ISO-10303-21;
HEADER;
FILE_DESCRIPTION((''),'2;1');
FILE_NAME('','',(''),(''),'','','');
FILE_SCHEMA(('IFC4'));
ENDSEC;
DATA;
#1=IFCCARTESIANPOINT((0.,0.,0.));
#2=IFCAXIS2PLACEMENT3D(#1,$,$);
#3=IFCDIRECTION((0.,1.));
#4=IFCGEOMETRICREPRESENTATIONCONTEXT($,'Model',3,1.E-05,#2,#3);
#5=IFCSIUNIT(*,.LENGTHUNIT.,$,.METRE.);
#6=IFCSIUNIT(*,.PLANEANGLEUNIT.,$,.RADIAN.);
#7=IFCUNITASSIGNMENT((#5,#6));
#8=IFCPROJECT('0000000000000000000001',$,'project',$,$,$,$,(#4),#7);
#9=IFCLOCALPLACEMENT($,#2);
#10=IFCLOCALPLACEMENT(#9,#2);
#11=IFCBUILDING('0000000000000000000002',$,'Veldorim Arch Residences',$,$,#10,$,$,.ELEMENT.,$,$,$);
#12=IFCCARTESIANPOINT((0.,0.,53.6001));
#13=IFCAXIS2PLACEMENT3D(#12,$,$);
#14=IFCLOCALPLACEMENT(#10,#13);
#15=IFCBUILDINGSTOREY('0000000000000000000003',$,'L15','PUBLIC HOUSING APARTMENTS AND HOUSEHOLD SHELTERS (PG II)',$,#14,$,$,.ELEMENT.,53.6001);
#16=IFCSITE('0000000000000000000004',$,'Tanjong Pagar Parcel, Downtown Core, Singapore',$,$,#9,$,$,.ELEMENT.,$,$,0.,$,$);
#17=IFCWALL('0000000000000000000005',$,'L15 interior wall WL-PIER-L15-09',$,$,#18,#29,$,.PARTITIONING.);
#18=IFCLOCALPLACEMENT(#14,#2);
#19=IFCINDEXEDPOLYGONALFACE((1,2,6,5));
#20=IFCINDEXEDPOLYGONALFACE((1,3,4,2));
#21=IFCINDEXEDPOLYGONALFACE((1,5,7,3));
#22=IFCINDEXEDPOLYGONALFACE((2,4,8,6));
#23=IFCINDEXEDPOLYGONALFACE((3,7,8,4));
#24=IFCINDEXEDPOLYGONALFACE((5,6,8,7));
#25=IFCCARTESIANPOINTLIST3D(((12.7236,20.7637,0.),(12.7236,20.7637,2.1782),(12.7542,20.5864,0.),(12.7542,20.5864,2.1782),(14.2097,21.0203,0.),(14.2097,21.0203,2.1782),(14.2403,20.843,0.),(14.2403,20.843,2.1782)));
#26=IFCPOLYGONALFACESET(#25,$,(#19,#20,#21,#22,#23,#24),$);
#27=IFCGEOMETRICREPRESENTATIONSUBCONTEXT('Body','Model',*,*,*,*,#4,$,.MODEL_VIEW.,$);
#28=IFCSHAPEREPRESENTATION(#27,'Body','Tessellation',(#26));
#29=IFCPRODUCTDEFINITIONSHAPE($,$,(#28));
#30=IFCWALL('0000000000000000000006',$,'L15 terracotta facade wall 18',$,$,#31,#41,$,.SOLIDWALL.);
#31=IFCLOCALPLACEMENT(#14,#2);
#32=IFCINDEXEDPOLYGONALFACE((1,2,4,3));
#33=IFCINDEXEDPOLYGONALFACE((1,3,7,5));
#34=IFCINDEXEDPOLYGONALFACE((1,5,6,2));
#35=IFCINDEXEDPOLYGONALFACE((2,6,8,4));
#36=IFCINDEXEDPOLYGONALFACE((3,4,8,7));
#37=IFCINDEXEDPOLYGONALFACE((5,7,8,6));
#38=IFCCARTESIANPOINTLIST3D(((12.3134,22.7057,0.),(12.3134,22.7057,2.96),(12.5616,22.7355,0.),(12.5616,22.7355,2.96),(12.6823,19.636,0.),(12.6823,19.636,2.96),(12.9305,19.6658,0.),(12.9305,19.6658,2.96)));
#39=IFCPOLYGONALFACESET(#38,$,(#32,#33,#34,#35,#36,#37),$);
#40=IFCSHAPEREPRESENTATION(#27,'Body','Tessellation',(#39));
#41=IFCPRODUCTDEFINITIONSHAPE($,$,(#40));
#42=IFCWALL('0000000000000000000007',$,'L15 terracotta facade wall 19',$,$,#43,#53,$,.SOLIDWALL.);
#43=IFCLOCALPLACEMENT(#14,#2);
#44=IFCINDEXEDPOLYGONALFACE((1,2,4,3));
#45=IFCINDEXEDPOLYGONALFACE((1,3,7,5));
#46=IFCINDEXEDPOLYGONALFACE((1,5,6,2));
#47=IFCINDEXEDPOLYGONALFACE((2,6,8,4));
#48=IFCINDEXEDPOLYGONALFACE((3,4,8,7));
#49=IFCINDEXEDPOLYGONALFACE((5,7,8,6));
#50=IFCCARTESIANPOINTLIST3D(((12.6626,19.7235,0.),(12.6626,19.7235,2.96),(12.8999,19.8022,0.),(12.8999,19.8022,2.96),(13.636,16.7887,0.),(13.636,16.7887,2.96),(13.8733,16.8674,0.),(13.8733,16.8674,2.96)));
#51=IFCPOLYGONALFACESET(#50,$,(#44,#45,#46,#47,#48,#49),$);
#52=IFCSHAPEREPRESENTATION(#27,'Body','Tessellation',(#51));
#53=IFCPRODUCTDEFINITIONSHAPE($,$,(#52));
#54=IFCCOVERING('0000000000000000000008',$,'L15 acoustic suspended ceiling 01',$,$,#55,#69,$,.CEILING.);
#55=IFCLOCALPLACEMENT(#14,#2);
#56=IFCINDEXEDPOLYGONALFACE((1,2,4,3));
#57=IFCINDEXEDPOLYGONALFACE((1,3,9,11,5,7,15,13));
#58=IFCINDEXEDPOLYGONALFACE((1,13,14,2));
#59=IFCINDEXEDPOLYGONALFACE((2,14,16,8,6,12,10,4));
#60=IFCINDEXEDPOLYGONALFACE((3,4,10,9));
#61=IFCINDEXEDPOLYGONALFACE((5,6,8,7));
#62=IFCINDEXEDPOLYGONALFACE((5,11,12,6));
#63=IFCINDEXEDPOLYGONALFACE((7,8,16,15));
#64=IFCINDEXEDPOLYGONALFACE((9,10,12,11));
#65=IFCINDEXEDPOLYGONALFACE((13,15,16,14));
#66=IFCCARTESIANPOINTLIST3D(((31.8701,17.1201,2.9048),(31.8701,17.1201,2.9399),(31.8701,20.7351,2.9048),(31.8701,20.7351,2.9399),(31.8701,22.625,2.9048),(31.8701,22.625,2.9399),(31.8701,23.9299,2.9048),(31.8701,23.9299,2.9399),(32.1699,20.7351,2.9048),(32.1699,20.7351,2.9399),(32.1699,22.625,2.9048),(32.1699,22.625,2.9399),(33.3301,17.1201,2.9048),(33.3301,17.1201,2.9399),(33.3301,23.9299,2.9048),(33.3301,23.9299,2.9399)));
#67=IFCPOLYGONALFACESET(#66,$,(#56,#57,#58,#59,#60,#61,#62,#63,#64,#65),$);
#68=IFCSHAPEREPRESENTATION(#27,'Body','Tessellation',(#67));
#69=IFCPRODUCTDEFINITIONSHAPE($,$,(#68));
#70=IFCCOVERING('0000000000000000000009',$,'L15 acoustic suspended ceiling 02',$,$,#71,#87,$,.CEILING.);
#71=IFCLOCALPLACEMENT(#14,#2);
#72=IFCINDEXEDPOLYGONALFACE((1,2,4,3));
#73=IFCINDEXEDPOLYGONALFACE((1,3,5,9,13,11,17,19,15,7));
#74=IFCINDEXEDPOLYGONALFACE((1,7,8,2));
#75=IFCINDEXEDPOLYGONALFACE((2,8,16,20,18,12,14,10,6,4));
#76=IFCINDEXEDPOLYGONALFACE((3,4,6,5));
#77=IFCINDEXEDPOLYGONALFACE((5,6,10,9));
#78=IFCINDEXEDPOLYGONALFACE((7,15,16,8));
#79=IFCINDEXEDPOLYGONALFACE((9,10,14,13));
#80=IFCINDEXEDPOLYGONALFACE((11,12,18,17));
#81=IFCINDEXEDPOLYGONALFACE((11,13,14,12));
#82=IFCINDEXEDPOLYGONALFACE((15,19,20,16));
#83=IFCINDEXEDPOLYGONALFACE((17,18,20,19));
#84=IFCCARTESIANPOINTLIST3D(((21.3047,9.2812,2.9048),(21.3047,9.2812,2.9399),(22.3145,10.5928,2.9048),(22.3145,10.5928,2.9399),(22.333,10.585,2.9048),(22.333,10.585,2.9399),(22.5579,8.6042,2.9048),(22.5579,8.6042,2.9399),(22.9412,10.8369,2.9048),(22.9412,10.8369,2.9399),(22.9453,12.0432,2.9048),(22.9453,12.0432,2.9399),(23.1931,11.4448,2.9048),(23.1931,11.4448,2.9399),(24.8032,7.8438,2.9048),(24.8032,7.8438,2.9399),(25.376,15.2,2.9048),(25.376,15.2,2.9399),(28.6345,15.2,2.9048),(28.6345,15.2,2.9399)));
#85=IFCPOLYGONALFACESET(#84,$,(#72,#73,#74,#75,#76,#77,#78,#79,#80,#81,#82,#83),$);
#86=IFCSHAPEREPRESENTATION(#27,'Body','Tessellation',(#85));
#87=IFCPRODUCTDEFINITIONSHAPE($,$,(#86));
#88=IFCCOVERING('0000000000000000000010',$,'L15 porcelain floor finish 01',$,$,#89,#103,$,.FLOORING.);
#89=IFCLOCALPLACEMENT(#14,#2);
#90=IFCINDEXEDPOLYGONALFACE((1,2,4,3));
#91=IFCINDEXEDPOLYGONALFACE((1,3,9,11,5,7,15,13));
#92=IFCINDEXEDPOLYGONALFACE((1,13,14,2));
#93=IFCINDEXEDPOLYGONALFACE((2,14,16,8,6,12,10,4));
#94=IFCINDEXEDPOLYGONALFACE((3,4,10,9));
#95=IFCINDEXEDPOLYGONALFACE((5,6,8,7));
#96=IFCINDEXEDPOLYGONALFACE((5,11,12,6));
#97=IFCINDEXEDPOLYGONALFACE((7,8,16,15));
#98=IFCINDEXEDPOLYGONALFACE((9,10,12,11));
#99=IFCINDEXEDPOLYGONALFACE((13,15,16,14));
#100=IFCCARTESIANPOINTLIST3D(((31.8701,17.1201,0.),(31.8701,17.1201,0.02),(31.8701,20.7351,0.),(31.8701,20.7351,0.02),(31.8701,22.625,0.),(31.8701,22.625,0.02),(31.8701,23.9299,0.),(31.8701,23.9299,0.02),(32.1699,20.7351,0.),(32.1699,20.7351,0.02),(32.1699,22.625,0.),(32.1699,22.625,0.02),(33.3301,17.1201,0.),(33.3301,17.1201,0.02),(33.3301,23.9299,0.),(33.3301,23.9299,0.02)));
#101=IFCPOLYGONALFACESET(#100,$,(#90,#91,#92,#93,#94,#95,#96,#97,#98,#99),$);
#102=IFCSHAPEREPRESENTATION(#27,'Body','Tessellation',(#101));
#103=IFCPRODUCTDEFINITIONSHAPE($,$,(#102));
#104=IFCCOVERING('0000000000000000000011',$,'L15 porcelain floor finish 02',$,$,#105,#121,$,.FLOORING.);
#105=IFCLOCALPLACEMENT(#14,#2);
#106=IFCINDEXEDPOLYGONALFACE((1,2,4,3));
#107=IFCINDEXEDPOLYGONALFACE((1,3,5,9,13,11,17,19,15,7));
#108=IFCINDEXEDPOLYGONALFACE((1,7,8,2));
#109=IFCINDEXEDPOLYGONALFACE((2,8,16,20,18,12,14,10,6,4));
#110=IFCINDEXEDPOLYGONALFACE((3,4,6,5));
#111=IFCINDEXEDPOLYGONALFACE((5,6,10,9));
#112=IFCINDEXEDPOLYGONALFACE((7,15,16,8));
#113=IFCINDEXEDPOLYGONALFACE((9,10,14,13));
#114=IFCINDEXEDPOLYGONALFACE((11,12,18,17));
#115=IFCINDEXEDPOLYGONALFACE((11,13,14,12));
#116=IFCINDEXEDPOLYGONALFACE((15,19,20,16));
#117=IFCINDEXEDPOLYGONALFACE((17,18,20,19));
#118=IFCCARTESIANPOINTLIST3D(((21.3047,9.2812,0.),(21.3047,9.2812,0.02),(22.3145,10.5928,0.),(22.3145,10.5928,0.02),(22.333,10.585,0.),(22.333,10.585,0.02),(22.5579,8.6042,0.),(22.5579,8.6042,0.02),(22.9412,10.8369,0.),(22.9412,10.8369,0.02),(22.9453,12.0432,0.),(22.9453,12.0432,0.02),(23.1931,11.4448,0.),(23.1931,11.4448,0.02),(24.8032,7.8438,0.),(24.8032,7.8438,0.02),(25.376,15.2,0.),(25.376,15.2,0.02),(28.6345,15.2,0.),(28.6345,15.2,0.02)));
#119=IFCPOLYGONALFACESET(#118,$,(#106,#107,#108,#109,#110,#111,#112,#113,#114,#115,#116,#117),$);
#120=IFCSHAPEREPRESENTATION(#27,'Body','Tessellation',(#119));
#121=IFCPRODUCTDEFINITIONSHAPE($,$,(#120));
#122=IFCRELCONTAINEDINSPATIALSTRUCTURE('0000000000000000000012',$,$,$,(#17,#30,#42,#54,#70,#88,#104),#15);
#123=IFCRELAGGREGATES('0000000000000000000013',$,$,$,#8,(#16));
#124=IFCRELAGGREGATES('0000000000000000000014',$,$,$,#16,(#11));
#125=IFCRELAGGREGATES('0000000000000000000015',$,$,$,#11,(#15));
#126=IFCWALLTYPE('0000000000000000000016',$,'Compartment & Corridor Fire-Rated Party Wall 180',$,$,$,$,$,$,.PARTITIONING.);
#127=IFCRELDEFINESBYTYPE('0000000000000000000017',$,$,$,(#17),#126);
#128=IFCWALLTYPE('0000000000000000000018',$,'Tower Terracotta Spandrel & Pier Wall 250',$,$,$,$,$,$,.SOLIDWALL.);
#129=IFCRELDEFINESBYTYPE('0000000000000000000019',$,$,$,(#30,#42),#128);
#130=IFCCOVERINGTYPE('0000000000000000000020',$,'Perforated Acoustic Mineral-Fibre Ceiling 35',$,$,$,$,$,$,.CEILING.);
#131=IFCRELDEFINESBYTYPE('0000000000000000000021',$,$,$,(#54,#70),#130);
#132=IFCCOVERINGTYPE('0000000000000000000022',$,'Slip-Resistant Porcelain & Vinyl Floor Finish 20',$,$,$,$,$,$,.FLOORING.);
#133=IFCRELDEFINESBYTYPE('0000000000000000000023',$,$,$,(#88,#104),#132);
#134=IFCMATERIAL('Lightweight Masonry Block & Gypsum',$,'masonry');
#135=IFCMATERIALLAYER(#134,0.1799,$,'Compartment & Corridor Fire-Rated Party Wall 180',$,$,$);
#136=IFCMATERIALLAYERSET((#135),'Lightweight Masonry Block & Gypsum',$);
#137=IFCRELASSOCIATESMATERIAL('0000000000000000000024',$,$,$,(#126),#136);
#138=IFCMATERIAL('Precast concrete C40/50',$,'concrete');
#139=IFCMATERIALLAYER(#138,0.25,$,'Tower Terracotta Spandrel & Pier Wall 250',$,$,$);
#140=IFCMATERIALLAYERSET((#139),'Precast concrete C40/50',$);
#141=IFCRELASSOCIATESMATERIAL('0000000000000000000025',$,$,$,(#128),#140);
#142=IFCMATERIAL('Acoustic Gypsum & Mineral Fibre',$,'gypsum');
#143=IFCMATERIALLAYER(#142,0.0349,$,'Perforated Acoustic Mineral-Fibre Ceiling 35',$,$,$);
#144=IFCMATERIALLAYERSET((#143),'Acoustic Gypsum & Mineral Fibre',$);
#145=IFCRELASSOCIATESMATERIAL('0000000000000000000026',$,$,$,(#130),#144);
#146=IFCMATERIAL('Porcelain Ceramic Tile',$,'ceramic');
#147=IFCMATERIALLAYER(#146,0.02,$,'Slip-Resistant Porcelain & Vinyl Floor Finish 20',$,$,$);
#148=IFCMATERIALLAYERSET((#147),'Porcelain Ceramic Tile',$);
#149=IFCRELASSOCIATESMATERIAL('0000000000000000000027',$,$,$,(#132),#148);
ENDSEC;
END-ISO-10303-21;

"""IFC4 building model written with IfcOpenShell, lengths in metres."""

from ifc_helpers import new_model, si_unit, direction, frame, frame_2d, origin, place, context, subcontext, project, spatial, polyline, rectangle, outline, extrude, material, layer, layer_set, type_object, element, save


model = new_model("IFC4")

# Units and contexts
model_context = context("Model", 3, precision=1e-05, world=origin(), true_north=direction((0.0, 1.0)))
body_context = subcontext(model_context, "Body", "Model", "MODEL_VIEW")
ifc_project = project(units=[si_unit("LENGTHUNIT", "METRE"), si_unit("PLANEANGLEUNIT", "RADIAN")], contexts=[model_context])

# Site, building, storey
site_placement = place(None, origin())
site = spatial("IfcSite", under=ifc_project, at=site_placement, Name="Tanjong Pagar Parcel, Downtown Core, Singapore", CompositionType="ELEMENT", RefElevation=0.0)
building_placement = place(site_placement, origin())
building = spatial("IfcBuilding", under=site, at=building_placement, Name="Veldorim Arch Residences", CompositionType="ELEMENT")
storey_placement = place(building_placement, frame((0.0, 0.0, 53.6001)))
storey = spatial("IfcBuildingStorey", under=building, at=storey_placement, Name="L15", Description="PUBLIC HOUSING APARTMENTS AND HOUSEHOLD SHELTERS (PG II)", CompositionType="ELEMENT", Elevation=53.6001)

# Walls
ifc_material_1 = material(Name="Lightweight Masonry Block & Gypsum", Category="masonry")
ifc_layer_1 = layer(ifc_material_1, 0.1799, Name="Compartment & Corridor Fire-Rated Party Wall 180")
ifc_layer_set_1 = layer_set([ifc_layer_1], Name="Lightweight Masonry Block & Gypsum")
wall_type_1 = type_object("IfcWallType", Name="Compartment & Corridor Fire-Rated Party Wall 180", PredefinedType="PARTITIONING", material=ifc_layer_set_1)
wall_1_placement = place(storey_placement, frame((14.2249, 20.9316, 0.0), z_axis=(0.0, 0.0, 1.0), x_axis=(-0.985419, -0.170145, 0.0)))
element("IfcWall", 1, at=wall_1_placement, inside=storey, type_object=wall_type_1, Name="L15 interior wall WL-PIER-L15-09", PredefinedType="PARTITIONING", context=body_context, shape_type="SweptSolid", body=[
    extrude(rectangle(XDim=1.5081, YDim=0.1799, at=frame_2d((0.7539, 0.0))), origin(), (0.0, 0.0, 1.0), 2.1782),
])
ifc_material_2 = material(Name="Precast concrete C40/50", Category="concrete")
ifc_layer_2 = layer(ifc_material_2, 0.25, Name="Tower Terracotta Spandrel & Pier Wall 250")
ifc_layer_set_2 = layer_set([ifc_layer_2], Name="Precast concrete C40/50")
wall_type_2 = type_object("IfcWallType", Name="Tower Terracotta Spandrel & Pier Wall 250", PredefinedType="SOLIDWALL", material=ifc_layer_set_2)
wall_2_placement = place(storey_placement, frame((12.8064, 19.6509, 0.0), z_axis=(0.0, 0.0, 1.0), x_axis=(-0.11931, 0.992857, 0.0)))
element("IfcWall", 2, at=wall_2_placement, inside=storey, type_object=wall_type_2, Name="L15 terracotta facade wall 18", PredefinedType="SOLIDWALL", context=body_context, shape_type="SweptSolid", body=[
    extrude(rectangle(XDim=3.0918, YDim=0.25, at=frame_2d((1.5459, 0.0))), origin(), (0.0, 0.0, 1.0), 2.96),
])
wall_3_placement = place(storey_placement, frame((13.7546, 16.8281, 0.0), z_axis=(0.0, 0.0, 1.0), x_axis=(-0.314806, 0.949156, 0.0)))
element("IfcWall", 3, at=wall_3_placement, inside=storey, type_object=wall_type_2, Name="L15 terracotta facade wall 19", PredefinedType="SOLIDWALL", context=body_context, shape_type="SweptSolid", body=[
    extrude(rectangle(XDim=3.092, YDim=0.25, at=frame_2d((1.5459, 0.0))), origin(), (0.0, 0.0, 1.0), 2.96),
])

# Coverings
ifc_material_3 = material(Name="Acoustic Gypsum & Mineral Fibre", Category="gypsum")
ifc_layer_3 = layer(ifc_material_3, 0.0349, Name="Perforated Acoustic Mineral-Fibre Ceiling 35")
ifc_layer_set_3 = layer_set([ifc_layer_3], Name="Acoustic Gypsum & Mineral Fibre")
covering_type_1 = type_object("IfcCoveringType", Name="Perforated Acoustic Mineral-Fibre Ceiling 35", PredefinedType="CEILING", material=ifc_layer_set_3)
covering_1_placement = place(storey_placement, frame((0.0, 0.0, 2.9048)))
element("IfcCovering", 4, at=covering_1_placement, inside=storey, type_object=covering_type_1, Name="L15 acoustic suspended ceiling 01", PredefinedType="CEILING", context=body_context, shape_type="SweptSolid", body=[
    extrude(outline(polyline([(33.3301, 23.9299), (33.3301, 17.1201), (31.8701, 17.1201), (31.8701, 20.7351), (32.1699, 20.7351), (32.1699, 22.625), (31.8701, 22.625), (31.8701, 23.9299), (33.3301, 23.9299)])), origin(), (0.0, 0.0, 1.0), 0.0352),
])
covering_2_placement = place(storey_placement, frame((0.0, 0.0, 2.9048)))
element("IfcCovering", 5, at=covering_2_placement, inside=storey, type_object=covering_type_1, Name="L15 acoustic suspended ceiling 02", PredefinedType="CEILING", context=body_context, shape_type="SweptSolid", body=[
    extrude(outline(polyline([(22.3145, 10.5928), (22.333, 10.585), (22.9412, 10.8369), (23.1931, 11.4448), (22.9453, 12.0432), (25.376, 15.2), (28.6345, 15.2), (24.8032, 7.8438), (22.5579, 8.6042), (21.3047, 9.2812), (22.3145, 10.5928)])), origin(), (0.0, 0.0, 1.0), 0.0352),
])
ifc_material_4 = material(Name="Porcelain Ceramic Tile", Category="ceramic")
ifc_layer_4 = layer(ifc_material_4, 0.02, Name="Slip-Resistant Porcelain & Vinyl Floor Finish 20")
ifc_layer_set_4 = layer_set([ifc_layer_4], Name="Porcelain Ceramic Tile")
covering_type_2 = type_object("IfcCoveringType", Name="Slip-Resistant Porcelain & Vinyl Floor Finish 20", PredefinedType="FLOORING", material=ifc_layer_set_4)
covering_3_placement = place(storey_placement, origin())
element("IfcCovering", 6, at=covering_3_placement, inside=storey, type_object=covering_type_2, Name="L15 porcelain floor finish 01", PredefinedType="FLOORING", context=body_context, shape_type="SweptSolid", body=[
    extrude(outline(polyline([(33.3301, 23.9299), (33.3301, 17.1201), (31.8701, 17.1201), (31.8701, 20.7351), (32.1699, 20.7351), (32.1699, 22.625), (31.8701, 22.625), (31.8701, 23.9299), (33.3301, 23.9299)])), origin(), (0.0, 0.0, 1.0), 0.02),
])
covering_4_placement = place(storey_placement, origin())
element("IfcCovering", 7, at=covering_4_placement, inside=storey, type_object=covering_type_2, Name="L15 porcelain floor finish 02", PredefinedType="FLOORING", context=body_context, shape_type="SweptSolid", body=[
    extrude(outline(polyline([(22.3145, 10.5928), (22.333, 10.585), (22.9412, 10.8369), (23.1931, 11.4448), (22.9453, 12.0432), (25.376, 15.2), (28.6345, 15.2), (24.8032, 7.8438), (22.5579, 8.6042), (21.3047, 9.2812), (22.3145, 10.5928)])), origin(), (0.0, 0.0, 1.0), 0.02),
])

save(model, "model.ifc")
